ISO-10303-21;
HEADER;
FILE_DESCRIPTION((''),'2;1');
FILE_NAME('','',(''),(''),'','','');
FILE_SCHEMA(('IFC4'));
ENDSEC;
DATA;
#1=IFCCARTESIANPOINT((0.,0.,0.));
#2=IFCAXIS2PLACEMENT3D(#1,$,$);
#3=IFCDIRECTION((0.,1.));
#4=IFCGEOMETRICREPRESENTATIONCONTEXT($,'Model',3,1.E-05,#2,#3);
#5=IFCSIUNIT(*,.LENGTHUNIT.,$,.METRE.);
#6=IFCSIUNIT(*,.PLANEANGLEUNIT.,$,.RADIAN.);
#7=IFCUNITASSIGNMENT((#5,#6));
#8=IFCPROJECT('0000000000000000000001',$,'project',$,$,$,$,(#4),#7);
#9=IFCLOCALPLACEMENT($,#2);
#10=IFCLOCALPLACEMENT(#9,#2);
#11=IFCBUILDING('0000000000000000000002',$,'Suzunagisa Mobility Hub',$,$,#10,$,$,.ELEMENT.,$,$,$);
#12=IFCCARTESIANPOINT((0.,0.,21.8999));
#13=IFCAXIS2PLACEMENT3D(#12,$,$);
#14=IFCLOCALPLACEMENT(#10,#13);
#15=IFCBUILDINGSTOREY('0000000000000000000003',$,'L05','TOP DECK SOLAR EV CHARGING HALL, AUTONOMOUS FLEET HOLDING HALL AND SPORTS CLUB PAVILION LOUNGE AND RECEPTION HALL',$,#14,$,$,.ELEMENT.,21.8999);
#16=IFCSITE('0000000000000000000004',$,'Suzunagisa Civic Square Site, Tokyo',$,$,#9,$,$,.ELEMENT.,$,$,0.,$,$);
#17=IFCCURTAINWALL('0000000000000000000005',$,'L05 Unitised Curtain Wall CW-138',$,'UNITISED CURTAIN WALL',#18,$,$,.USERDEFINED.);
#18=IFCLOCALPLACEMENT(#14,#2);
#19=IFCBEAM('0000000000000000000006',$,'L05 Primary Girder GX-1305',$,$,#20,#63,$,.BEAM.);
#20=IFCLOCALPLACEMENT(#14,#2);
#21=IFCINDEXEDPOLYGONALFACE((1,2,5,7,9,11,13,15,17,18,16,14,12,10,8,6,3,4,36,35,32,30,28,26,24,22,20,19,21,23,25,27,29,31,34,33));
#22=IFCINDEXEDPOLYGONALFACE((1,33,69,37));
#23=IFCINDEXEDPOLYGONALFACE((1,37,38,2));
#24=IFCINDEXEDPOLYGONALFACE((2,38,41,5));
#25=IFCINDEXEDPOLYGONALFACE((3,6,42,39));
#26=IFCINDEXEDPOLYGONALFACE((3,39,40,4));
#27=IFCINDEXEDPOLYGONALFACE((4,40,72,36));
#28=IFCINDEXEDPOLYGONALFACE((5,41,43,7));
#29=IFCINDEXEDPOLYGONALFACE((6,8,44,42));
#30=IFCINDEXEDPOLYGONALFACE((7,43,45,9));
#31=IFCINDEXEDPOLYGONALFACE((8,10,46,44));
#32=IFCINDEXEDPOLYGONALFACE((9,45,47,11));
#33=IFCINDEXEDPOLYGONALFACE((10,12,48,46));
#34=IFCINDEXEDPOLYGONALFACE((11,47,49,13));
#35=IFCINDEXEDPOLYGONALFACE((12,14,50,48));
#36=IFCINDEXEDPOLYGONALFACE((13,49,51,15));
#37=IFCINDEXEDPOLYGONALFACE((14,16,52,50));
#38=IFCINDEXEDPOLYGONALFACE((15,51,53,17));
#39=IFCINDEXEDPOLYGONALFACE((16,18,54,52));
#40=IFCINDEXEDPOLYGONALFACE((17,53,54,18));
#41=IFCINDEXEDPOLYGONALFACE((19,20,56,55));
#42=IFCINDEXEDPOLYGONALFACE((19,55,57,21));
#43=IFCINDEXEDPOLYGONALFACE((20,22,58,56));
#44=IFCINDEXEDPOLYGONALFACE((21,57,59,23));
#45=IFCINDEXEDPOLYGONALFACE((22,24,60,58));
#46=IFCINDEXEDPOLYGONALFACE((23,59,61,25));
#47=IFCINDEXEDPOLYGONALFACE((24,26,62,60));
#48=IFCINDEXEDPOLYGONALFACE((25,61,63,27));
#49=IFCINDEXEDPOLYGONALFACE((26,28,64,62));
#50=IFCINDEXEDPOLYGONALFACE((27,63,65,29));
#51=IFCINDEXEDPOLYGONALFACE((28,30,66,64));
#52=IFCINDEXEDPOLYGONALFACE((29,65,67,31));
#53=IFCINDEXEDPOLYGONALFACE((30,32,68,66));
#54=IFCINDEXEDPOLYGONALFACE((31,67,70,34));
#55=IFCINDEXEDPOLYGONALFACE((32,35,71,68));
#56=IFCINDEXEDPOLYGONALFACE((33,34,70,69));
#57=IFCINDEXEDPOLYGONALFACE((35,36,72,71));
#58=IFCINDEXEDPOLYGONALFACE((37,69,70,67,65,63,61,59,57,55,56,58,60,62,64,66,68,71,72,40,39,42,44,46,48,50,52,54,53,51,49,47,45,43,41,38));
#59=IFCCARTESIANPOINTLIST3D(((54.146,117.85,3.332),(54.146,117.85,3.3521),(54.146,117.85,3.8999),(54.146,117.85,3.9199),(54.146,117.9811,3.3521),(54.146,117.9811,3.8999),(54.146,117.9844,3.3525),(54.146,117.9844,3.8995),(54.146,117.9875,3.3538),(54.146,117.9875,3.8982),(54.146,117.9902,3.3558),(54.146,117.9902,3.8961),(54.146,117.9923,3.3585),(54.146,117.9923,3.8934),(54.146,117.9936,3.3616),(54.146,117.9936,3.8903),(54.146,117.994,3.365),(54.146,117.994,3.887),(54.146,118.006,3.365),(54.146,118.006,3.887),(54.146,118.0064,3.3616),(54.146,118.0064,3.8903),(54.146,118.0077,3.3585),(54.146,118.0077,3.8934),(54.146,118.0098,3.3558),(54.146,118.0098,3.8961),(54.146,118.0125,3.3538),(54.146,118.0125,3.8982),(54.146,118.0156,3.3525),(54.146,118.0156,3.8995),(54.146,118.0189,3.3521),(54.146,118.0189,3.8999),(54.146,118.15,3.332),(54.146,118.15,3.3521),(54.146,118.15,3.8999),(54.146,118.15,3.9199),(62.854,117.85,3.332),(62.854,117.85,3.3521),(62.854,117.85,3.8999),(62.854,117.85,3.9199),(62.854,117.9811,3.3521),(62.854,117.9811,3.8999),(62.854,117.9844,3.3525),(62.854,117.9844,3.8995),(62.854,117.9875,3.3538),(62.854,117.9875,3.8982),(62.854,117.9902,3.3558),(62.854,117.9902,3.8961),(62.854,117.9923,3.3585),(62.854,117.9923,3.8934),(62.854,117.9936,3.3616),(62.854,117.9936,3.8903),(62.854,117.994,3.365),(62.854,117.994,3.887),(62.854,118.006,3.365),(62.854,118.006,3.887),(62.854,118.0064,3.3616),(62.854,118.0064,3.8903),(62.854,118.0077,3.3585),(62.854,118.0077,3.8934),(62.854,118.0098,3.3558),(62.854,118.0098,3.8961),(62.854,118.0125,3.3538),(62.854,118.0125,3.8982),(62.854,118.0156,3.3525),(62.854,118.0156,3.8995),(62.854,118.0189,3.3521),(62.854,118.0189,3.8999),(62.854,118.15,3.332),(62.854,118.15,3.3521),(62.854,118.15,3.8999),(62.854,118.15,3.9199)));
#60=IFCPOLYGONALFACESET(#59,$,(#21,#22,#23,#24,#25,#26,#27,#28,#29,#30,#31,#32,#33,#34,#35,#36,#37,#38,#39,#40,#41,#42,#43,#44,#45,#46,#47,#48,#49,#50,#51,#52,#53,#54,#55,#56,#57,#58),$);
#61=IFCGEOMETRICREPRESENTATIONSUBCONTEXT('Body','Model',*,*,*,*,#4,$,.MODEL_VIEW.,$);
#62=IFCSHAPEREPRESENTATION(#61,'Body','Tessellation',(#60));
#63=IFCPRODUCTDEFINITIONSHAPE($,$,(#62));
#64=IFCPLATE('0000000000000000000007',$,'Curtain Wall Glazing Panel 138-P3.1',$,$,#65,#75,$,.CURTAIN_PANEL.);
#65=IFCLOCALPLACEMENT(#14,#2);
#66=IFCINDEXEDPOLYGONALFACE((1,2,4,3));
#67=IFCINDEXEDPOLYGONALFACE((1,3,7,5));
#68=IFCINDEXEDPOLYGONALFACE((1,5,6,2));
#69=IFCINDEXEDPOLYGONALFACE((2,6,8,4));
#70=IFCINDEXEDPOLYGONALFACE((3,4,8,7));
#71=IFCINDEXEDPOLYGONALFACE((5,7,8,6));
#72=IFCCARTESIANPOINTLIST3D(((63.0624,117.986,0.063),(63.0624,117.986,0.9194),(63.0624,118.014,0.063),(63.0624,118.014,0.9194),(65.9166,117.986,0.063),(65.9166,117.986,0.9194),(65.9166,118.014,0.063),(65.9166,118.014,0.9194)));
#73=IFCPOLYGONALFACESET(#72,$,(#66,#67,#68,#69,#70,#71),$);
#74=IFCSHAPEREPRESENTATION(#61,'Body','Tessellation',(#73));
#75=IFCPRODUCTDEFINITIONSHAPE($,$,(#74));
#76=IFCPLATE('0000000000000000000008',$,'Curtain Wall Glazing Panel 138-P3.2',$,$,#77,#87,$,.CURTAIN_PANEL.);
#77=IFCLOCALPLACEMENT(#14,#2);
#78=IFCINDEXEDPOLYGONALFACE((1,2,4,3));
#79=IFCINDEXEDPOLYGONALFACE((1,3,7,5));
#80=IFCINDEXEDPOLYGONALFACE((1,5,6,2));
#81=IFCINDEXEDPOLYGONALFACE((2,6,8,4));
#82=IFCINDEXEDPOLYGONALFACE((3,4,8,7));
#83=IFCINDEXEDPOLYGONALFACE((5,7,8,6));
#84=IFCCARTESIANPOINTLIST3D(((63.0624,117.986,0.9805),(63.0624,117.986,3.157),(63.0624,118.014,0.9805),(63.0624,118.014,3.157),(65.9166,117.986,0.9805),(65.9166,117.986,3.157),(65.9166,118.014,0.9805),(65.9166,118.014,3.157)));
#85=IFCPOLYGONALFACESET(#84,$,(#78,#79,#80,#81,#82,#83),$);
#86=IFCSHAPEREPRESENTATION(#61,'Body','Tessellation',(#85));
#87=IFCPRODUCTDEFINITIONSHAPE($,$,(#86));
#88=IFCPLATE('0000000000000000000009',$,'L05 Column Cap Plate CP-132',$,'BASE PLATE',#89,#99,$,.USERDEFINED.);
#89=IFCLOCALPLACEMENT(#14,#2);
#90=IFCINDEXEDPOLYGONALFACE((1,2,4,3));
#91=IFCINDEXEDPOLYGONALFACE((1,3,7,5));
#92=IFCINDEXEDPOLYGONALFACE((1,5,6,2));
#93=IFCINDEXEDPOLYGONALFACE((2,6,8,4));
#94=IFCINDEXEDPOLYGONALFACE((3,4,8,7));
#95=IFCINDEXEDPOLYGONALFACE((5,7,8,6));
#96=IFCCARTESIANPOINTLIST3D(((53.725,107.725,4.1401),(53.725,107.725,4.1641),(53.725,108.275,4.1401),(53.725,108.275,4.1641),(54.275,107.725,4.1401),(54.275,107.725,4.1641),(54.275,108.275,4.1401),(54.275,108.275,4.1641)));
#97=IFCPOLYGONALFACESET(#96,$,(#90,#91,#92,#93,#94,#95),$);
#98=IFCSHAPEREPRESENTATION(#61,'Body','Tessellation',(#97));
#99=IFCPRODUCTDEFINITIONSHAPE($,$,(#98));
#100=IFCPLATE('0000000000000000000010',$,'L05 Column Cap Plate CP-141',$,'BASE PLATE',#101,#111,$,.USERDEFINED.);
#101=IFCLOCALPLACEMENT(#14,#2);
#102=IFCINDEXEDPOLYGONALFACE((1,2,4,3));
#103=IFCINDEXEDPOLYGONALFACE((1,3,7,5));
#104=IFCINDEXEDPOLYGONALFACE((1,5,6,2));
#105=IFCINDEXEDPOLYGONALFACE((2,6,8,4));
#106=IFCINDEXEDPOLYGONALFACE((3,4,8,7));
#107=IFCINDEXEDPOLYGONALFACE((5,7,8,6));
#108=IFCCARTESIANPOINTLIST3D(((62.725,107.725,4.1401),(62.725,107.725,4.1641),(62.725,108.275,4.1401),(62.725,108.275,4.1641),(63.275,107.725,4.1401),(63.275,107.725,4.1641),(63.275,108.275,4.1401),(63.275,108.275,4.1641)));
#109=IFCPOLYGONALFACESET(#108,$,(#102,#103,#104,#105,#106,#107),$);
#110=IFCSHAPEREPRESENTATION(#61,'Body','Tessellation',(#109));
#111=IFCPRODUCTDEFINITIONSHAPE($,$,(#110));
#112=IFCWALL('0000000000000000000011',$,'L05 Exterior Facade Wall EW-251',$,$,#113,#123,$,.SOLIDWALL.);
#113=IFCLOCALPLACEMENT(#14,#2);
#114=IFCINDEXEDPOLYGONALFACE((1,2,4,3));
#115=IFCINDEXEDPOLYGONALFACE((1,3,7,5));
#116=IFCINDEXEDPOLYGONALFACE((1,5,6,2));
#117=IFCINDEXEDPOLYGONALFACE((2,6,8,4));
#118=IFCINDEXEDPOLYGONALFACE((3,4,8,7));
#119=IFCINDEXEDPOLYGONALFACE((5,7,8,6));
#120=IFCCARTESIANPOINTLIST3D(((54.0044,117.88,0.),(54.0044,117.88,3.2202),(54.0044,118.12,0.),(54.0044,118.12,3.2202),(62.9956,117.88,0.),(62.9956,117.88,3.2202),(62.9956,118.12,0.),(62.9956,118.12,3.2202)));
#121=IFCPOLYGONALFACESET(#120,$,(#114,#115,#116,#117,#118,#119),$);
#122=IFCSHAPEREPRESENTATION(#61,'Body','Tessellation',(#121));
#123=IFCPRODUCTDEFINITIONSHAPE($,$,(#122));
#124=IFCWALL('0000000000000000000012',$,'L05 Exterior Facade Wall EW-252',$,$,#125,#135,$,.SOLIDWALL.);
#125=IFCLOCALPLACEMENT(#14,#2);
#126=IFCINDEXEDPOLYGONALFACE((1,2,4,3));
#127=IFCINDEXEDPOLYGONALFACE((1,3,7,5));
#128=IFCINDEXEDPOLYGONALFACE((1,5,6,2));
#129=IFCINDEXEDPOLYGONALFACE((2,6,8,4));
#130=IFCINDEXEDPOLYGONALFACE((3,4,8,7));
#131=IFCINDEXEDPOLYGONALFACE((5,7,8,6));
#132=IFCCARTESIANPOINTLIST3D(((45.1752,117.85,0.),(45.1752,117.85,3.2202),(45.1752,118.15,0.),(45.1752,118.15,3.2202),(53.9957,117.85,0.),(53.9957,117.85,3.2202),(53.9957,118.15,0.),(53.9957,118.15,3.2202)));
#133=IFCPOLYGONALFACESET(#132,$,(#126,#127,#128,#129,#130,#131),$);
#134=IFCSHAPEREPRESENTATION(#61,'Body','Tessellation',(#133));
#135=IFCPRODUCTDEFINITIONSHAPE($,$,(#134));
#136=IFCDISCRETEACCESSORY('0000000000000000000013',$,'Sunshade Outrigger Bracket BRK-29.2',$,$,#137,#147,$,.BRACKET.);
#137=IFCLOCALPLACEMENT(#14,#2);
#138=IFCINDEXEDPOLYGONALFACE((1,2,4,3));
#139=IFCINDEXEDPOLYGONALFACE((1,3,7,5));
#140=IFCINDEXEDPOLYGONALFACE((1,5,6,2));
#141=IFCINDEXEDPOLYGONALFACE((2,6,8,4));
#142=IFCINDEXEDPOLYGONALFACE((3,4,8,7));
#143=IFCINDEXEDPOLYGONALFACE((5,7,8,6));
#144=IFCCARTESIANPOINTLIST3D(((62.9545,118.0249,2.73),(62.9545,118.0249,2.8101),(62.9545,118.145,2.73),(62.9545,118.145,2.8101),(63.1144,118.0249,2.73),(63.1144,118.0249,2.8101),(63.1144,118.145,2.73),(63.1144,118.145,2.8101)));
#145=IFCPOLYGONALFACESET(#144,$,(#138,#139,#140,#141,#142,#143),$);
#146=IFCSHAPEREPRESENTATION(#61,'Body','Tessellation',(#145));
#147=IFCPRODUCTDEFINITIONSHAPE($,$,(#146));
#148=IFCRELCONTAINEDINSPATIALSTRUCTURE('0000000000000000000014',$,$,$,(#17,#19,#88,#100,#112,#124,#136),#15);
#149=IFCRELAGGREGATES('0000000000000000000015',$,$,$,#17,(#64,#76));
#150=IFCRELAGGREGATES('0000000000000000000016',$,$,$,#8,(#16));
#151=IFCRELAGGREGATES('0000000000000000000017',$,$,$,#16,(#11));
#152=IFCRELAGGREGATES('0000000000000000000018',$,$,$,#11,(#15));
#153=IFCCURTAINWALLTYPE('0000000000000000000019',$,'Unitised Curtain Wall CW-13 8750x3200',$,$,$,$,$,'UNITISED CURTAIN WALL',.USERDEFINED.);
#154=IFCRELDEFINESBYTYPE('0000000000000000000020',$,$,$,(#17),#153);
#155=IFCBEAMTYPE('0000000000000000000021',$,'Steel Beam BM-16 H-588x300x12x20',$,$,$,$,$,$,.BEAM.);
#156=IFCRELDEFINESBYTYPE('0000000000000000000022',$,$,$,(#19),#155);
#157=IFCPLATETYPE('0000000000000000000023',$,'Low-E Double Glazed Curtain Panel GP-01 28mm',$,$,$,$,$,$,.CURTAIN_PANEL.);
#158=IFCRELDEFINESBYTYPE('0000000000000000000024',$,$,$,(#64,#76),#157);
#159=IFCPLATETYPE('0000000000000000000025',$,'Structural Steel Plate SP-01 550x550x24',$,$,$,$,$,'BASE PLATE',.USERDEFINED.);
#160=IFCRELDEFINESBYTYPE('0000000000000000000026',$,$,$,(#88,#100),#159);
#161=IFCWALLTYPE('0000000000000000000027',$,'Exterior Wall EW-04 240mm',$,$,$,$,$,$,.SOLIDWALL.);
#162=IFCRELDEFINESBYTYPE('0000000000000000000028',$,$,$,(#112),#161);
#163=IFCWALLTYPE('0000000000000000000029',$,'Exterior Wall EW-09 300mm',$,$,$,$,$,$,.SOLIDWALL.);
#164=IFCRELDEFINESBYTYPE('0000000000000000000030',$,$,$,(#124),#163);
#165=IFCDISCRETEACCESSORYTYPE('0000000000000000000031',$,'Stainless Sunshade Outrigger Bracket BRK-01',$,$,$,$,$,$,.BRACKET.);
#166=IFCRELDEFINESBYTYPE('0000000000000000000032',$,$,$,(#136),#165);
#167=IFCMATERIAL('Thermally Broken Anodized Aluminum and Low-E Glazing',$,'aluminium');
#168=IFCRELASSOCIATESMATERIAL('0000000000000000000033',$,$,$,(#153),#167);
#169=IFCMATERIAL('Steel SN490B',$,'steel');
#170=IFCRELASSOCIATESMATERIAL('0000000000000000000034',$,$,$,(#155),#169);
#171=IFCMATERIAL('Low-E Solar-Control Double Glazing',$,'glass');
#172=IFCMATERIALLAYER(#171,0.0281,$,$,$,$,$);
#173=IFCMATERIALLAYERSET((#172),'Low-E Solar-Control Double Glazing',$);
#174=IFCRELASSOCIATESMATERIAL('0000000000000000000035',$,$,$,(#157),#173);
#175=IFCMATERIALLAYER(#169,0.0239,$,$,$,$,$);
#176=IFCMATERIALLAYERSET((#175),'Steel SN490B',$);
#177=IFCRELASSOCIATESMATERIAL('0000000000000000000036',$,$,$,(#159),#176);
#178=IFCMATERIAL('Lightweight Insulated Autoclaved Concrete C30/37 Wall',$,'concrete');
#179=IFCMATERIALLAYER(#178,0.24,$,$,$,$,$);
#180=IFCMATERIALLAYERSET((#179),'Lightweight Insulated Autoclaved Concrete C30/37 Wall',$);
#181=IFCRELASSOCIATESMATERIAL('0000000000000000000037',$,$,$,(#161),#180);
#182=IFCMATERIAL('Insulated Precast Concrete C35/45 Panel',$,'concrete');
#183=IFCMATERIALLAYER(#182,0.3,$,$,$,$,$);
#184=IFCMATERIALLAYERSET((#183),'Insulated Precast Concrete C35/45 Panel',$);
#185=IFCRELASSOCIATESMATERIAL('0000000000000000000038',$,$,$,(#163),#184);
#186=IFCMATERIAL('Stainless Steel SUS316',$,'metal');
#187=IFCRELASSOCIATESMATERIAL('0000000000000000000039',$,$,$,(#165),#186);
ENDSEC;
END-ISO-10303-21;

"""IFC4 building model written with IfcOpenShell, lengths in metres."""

from ifc_helpers import new_model, si_unit, direction, frame, frame_2d, origin, origin_2d, place, context, subcontext, project, spatial, rectangle, i_section, extrude, material, layer, layer_set, material_profile, profile_set, type_object, element, aggregate, save


model = new_model("IFC4")

# Units and contexts
model_context = context("Model", 3, precision=1e-05, world=origin(), true_north=direction((0.0, 1.0)))
body_context = subcontext(model_context, "Body", "Model", "MODEL_VIEW")
ifc_project = project(units=[si_unit("LENGTHUNIT", "METRE"), si_unit("PLANEANGLEUNIT", "RADIAN")], contexts=[model_context])

# Site, building, storey
site_placement = place(None, origin())
site = spatial("IfcSite", under=ifc_project, at=site_placement, Name="Suzunagisa Civic Square Site, Tokyo", CompositionType="ELEMENT", RefElevation=0.0)
building_placement = place(site_placement, origin())
building = spatial("IfcBuilding", under=site, at=building_placement, Name="Suzunagisa Mobility Hub", CompositionType="ELEMENT")
storey_placement = place(building_placement, frame((0.0, 0.0, 21.8999)))
storey = spatial("IfcBuildingStorey", under=building, at=storey_placement, Name="L05", Description="TOP DECK SOLAR EV CHARGING HALL, AUTONOMOUS FLEET HOLDING HALL AND SPORTS CLUB PAVILION LOUNGE AND RECEPTION HALL", CompositionType="ELEMENT", Elevation=21.8999)

# Shared definitions
ifc_material_1 = material(Name="Steel SN490B", Category="steel")

# Curtain wall
ifc_material_2 = material(Name="Thermally Broken Anodized Aluminum and Low-E Glazing", Category="aluminium")
curtain_wall_type = type_object("IfcCurtainWallType", Name="Unitised Curtain Wall CW-13 8750x3200", ElementType="UNITISED CURTAIN WALL", PredefinedType="USERDEFINED", material=ifc_material_2)
curtain_wall_placement = place(storey_placement, origin())
curtain_wall = element("IfcCurtainWall", 1, at=curtain_wall_placement, inside=storey, type_object=curtain_wall_type, Name="L05 Unitised Curtain Wall CW-138", ObjectType="UNITISED CURTAIN WALL", PredefinedType="USERDEFINED")

# Beam
ifc_material_profile_1 = material_profile(ifc_material_1, i_section(OverallWidth=0.3, OverallDepth=0.5879, WebThickness=0.012, FlangeThickness=0.02, FilletRadius=0.0129, at=origin_2d()), Name="H-588x300x12x20")
ifc_profile_set_1 = profile_set([ifc_material_profile_1], Name="Steel SN490B")
beam_type_1 = type_object("IfcBeamType", Name="Steel Beam BM-16 H-588x300x12x20", PredefinedType="BEAM", material=ifc_profile_set_1)
beam_1_placement = place(storey_placement, frame((54.146, 118.0, 3.626), z_axis=(1.0, 0.0, 0.0), x_axis=(0.0, 1.0, 0.0)))
element("IfcBeam", 2, at=beam_1_placement, inside=storey, type_object=beam_type_1, Name="L05 Primary Girder GX-1305", PredefinedType="BEAM", context=body_context, shape_type="SweptSolid", body=[
    extrude(i_section(OverallWidth=0.3, OverallDepth=0.5879, WebThickness=0.012, FlangeThickness=0.02, FilletRadius=0.0129, at=origin_2d()), origin(), (0.0, 0.0, 1.0), 8.708),
])

# Plates
ifc_material_3 = material(Name="Low-E Solar-Control Double Glazing", Category="glass")
ifc_layer_1 = layer(ifc_material_3, 0.0281)
ifc_layer_set_1 = layer_set([ifc_layer_1], Name="Low-E Solar-Control Double Glazing")
plate_type_1 = type_object("IfcPlateType", Name="Low-E Double Glazed Curtain Panel GP-01 28mm", PredefinedType="CURTAIN_PANEL", material=ifc_layer_set_1)
plate_1_placement = place(storey_placement, frame((64.4895, 118.0, 0.063), z_axis=(0.0, 0.0, 1.0), x_axis=(-1.0, 0.0, 0.0)))
plate_1 = element("IfcPlate", 3, at=plate_1_placement, type_object=plate_type_1, Name="Curtain Wall Glazing Panel 138-P3.1", PredefinedType="CURTAIN_PANEL", context=body_context, shape_type="SweptSolid", body=[
    extrude(rectangle(XDim=2.8542, YDim=0.0281, at=origin_2d()), origin(), (0.0, 0.0, 1.0), 0.8564),
])
plate_2_placement = place(storey_placement, frame((64.4895, 118.0, 0.9805), z_axis=(0.0, 0.0, 1.0), x_axis=(-1.0, 0.0, 0.0)))
plate_2 = element("IfcPlate", 4, at=plate_2_placement, type_object=plate_type_1, Name="Curtain Wall Glazing Panel 138-P3.2", PredefinedType="CURTAIN_PANEL", context=body_context, shape_type="SweptSolid", body=[
    extrude(rectangle(XDim=2.8542, YDim=0.0281, at=origin_2d()), origin(), (0.0, 0.0, 1.0), 2.1765),
])
aggregate(curtain_wall, [plate_1, plate_2])

# Plates
ifc_layer_2 = layer(ifc_material_1, 0.0239)
ifc_layer_set_2 = layer_set([ifc_layer_2], Name="Steel SN490B")
plate_type_2 = type_object("IfcPlateType", Name="Structural Steel Plate SP-01 550x550x24", ElementType="BASE PLATE", PredefinedType="USERDEFINED", material=ifc_layer_set_2)
for number, where, z_axis, x_axis, name in (
    (5, (54.0, 108.0, 4.1401), (0.0, 0.0, 1.0), (1.0, 0.0, 0.0), "L05 Column Cap Plate CP-132"),
    (6, (63.0, 108.0, 4.1401), (0.0, 0.0, 1.0), (1.0, 0.0, 0.0), "L05 Column Cap Plate CP-141"),
):
    element("IfcPlate", number, at=place(storey_placement, frame(where, z_axis=z_axis, x_axis=x_axis)), inside=storey, type_object=plate_type_2, Name=name, ObjectType="BASE PLATE", PredefinedType="USERDEFINED", context=body_context, shape_type="SweptSolid", body=[
        extrude(rectangle(XDim=0.55, YDim=0.55, at=origin_2d()), origin(), (0.0, 0.0, 1.0), 0.0239),
    ])

# Walls
ifc_material_4 = material(Name="Lightweight Insulated Autoclaved Concrete C30/37 Wall", Category="concrete")
ifc_layer_3 = layer(ifc_material_4, 0.24)
ifc_layer_set_3 = layer_set([ifc_layer_3], Name="Lightweight Insulated Autoclaved Concrete C30/37 Wall")
wall_type_1 = type_object("IfcWallType", Name="Exterior Wall EW-04 240mm", PredefinedType="SOLIDWALL", material=ifc_layer_set_3)
wall_1_placement = place(storey_placement, frame((62.9956, 118.0, 0.0), z_axis=(0.0, 0.0, 1.0), x_axis=(-1.0, 0.0, 0.0)))
element("IfcWall", 7, at=wall_1_placement, inside=storey, type_object=wall_type_1, Name="L05 Exterior Facade Wall EW-251", PredefinedType="SOLIDWALL", context=body_context, shape_type="SweptSolid", body=[
    extrude(rectangle(XDim=8.9912, YDim=0.24, at=frame_2d((4.4956, 0.0))), origin(), (0.0, 0.0, 1.0), 3.2202),
])
ifc_material_5 = material(Name="Insulated Precast Concrete C35/45 Panel", Category="concrete")
ifc_layer_4 = layer(ifc_material_5, 0.3)
ifc_layer_set_4 = layer_set([ifc_layer_4], Name="Insulated Precast Concrete C35/45 Panel")
wall_type_2 = type_object("IfcWallType", Name="Exterior Wall EW-09 300mm", PredefinedType="SOLIDWALL", material=ifc_layer_set_4)
wall_2_placement = place(storey_placement, frame((53.9956, 118.0, 0.0), z_axis=(0.0, 0.0, 1.0), x_axis=(-1.0, 0.0, 0.0)))
element("IfcWall", 8, at=wall_2_placement, inside=storey, type_object=wall_type_2, Name="L05 Exterior Facade Wall EW-252", PredefinedType="SOLIDWALL", context=body_context, shape_type="SweptSolid", body=[
    extrude(rectangle(XDim=8.8206, YDim=0.3, at=frame_2d((4.4102, 0.0))), origin(), (0.0, 0.0, 1.0), 3.2202),
])

# Discrete accessory
ifc_material_6 = material(Name="Stainless Steel SUS316", Category="metal")
discrete_accessory_type = type_object("IfcDiscreteAccessoryType", Name="Stainless Sunshade Outrigger Bracket BRK-01", PredefinedType="BRACKET", material=ifc_material_6)
discrete_accessory_placement = place(storey_placement, frame((63.0344, 118.085, 2.73), z_axis=(0.0, 0.0, 1.0), x_axis=(-1.0, 0.0, 0.0)))
element("IfcDiscreteAccessory", 9, at=discrete_accessory_placement, inside=storey, type_object=discrete_accessory_type, Name="Sunshade Outrigger Bracket BRK-29.2", PredefinedType="BRACKET", context=body_context, shape_type="SweptSolid", body=[
    extrude(rectangle(XDim=0.1599, YDim=0.1201, at=origin_2d()), origin(), (0.0, 0.0, 1.0), 0.0801),
])

save(model, "model.ifc")
